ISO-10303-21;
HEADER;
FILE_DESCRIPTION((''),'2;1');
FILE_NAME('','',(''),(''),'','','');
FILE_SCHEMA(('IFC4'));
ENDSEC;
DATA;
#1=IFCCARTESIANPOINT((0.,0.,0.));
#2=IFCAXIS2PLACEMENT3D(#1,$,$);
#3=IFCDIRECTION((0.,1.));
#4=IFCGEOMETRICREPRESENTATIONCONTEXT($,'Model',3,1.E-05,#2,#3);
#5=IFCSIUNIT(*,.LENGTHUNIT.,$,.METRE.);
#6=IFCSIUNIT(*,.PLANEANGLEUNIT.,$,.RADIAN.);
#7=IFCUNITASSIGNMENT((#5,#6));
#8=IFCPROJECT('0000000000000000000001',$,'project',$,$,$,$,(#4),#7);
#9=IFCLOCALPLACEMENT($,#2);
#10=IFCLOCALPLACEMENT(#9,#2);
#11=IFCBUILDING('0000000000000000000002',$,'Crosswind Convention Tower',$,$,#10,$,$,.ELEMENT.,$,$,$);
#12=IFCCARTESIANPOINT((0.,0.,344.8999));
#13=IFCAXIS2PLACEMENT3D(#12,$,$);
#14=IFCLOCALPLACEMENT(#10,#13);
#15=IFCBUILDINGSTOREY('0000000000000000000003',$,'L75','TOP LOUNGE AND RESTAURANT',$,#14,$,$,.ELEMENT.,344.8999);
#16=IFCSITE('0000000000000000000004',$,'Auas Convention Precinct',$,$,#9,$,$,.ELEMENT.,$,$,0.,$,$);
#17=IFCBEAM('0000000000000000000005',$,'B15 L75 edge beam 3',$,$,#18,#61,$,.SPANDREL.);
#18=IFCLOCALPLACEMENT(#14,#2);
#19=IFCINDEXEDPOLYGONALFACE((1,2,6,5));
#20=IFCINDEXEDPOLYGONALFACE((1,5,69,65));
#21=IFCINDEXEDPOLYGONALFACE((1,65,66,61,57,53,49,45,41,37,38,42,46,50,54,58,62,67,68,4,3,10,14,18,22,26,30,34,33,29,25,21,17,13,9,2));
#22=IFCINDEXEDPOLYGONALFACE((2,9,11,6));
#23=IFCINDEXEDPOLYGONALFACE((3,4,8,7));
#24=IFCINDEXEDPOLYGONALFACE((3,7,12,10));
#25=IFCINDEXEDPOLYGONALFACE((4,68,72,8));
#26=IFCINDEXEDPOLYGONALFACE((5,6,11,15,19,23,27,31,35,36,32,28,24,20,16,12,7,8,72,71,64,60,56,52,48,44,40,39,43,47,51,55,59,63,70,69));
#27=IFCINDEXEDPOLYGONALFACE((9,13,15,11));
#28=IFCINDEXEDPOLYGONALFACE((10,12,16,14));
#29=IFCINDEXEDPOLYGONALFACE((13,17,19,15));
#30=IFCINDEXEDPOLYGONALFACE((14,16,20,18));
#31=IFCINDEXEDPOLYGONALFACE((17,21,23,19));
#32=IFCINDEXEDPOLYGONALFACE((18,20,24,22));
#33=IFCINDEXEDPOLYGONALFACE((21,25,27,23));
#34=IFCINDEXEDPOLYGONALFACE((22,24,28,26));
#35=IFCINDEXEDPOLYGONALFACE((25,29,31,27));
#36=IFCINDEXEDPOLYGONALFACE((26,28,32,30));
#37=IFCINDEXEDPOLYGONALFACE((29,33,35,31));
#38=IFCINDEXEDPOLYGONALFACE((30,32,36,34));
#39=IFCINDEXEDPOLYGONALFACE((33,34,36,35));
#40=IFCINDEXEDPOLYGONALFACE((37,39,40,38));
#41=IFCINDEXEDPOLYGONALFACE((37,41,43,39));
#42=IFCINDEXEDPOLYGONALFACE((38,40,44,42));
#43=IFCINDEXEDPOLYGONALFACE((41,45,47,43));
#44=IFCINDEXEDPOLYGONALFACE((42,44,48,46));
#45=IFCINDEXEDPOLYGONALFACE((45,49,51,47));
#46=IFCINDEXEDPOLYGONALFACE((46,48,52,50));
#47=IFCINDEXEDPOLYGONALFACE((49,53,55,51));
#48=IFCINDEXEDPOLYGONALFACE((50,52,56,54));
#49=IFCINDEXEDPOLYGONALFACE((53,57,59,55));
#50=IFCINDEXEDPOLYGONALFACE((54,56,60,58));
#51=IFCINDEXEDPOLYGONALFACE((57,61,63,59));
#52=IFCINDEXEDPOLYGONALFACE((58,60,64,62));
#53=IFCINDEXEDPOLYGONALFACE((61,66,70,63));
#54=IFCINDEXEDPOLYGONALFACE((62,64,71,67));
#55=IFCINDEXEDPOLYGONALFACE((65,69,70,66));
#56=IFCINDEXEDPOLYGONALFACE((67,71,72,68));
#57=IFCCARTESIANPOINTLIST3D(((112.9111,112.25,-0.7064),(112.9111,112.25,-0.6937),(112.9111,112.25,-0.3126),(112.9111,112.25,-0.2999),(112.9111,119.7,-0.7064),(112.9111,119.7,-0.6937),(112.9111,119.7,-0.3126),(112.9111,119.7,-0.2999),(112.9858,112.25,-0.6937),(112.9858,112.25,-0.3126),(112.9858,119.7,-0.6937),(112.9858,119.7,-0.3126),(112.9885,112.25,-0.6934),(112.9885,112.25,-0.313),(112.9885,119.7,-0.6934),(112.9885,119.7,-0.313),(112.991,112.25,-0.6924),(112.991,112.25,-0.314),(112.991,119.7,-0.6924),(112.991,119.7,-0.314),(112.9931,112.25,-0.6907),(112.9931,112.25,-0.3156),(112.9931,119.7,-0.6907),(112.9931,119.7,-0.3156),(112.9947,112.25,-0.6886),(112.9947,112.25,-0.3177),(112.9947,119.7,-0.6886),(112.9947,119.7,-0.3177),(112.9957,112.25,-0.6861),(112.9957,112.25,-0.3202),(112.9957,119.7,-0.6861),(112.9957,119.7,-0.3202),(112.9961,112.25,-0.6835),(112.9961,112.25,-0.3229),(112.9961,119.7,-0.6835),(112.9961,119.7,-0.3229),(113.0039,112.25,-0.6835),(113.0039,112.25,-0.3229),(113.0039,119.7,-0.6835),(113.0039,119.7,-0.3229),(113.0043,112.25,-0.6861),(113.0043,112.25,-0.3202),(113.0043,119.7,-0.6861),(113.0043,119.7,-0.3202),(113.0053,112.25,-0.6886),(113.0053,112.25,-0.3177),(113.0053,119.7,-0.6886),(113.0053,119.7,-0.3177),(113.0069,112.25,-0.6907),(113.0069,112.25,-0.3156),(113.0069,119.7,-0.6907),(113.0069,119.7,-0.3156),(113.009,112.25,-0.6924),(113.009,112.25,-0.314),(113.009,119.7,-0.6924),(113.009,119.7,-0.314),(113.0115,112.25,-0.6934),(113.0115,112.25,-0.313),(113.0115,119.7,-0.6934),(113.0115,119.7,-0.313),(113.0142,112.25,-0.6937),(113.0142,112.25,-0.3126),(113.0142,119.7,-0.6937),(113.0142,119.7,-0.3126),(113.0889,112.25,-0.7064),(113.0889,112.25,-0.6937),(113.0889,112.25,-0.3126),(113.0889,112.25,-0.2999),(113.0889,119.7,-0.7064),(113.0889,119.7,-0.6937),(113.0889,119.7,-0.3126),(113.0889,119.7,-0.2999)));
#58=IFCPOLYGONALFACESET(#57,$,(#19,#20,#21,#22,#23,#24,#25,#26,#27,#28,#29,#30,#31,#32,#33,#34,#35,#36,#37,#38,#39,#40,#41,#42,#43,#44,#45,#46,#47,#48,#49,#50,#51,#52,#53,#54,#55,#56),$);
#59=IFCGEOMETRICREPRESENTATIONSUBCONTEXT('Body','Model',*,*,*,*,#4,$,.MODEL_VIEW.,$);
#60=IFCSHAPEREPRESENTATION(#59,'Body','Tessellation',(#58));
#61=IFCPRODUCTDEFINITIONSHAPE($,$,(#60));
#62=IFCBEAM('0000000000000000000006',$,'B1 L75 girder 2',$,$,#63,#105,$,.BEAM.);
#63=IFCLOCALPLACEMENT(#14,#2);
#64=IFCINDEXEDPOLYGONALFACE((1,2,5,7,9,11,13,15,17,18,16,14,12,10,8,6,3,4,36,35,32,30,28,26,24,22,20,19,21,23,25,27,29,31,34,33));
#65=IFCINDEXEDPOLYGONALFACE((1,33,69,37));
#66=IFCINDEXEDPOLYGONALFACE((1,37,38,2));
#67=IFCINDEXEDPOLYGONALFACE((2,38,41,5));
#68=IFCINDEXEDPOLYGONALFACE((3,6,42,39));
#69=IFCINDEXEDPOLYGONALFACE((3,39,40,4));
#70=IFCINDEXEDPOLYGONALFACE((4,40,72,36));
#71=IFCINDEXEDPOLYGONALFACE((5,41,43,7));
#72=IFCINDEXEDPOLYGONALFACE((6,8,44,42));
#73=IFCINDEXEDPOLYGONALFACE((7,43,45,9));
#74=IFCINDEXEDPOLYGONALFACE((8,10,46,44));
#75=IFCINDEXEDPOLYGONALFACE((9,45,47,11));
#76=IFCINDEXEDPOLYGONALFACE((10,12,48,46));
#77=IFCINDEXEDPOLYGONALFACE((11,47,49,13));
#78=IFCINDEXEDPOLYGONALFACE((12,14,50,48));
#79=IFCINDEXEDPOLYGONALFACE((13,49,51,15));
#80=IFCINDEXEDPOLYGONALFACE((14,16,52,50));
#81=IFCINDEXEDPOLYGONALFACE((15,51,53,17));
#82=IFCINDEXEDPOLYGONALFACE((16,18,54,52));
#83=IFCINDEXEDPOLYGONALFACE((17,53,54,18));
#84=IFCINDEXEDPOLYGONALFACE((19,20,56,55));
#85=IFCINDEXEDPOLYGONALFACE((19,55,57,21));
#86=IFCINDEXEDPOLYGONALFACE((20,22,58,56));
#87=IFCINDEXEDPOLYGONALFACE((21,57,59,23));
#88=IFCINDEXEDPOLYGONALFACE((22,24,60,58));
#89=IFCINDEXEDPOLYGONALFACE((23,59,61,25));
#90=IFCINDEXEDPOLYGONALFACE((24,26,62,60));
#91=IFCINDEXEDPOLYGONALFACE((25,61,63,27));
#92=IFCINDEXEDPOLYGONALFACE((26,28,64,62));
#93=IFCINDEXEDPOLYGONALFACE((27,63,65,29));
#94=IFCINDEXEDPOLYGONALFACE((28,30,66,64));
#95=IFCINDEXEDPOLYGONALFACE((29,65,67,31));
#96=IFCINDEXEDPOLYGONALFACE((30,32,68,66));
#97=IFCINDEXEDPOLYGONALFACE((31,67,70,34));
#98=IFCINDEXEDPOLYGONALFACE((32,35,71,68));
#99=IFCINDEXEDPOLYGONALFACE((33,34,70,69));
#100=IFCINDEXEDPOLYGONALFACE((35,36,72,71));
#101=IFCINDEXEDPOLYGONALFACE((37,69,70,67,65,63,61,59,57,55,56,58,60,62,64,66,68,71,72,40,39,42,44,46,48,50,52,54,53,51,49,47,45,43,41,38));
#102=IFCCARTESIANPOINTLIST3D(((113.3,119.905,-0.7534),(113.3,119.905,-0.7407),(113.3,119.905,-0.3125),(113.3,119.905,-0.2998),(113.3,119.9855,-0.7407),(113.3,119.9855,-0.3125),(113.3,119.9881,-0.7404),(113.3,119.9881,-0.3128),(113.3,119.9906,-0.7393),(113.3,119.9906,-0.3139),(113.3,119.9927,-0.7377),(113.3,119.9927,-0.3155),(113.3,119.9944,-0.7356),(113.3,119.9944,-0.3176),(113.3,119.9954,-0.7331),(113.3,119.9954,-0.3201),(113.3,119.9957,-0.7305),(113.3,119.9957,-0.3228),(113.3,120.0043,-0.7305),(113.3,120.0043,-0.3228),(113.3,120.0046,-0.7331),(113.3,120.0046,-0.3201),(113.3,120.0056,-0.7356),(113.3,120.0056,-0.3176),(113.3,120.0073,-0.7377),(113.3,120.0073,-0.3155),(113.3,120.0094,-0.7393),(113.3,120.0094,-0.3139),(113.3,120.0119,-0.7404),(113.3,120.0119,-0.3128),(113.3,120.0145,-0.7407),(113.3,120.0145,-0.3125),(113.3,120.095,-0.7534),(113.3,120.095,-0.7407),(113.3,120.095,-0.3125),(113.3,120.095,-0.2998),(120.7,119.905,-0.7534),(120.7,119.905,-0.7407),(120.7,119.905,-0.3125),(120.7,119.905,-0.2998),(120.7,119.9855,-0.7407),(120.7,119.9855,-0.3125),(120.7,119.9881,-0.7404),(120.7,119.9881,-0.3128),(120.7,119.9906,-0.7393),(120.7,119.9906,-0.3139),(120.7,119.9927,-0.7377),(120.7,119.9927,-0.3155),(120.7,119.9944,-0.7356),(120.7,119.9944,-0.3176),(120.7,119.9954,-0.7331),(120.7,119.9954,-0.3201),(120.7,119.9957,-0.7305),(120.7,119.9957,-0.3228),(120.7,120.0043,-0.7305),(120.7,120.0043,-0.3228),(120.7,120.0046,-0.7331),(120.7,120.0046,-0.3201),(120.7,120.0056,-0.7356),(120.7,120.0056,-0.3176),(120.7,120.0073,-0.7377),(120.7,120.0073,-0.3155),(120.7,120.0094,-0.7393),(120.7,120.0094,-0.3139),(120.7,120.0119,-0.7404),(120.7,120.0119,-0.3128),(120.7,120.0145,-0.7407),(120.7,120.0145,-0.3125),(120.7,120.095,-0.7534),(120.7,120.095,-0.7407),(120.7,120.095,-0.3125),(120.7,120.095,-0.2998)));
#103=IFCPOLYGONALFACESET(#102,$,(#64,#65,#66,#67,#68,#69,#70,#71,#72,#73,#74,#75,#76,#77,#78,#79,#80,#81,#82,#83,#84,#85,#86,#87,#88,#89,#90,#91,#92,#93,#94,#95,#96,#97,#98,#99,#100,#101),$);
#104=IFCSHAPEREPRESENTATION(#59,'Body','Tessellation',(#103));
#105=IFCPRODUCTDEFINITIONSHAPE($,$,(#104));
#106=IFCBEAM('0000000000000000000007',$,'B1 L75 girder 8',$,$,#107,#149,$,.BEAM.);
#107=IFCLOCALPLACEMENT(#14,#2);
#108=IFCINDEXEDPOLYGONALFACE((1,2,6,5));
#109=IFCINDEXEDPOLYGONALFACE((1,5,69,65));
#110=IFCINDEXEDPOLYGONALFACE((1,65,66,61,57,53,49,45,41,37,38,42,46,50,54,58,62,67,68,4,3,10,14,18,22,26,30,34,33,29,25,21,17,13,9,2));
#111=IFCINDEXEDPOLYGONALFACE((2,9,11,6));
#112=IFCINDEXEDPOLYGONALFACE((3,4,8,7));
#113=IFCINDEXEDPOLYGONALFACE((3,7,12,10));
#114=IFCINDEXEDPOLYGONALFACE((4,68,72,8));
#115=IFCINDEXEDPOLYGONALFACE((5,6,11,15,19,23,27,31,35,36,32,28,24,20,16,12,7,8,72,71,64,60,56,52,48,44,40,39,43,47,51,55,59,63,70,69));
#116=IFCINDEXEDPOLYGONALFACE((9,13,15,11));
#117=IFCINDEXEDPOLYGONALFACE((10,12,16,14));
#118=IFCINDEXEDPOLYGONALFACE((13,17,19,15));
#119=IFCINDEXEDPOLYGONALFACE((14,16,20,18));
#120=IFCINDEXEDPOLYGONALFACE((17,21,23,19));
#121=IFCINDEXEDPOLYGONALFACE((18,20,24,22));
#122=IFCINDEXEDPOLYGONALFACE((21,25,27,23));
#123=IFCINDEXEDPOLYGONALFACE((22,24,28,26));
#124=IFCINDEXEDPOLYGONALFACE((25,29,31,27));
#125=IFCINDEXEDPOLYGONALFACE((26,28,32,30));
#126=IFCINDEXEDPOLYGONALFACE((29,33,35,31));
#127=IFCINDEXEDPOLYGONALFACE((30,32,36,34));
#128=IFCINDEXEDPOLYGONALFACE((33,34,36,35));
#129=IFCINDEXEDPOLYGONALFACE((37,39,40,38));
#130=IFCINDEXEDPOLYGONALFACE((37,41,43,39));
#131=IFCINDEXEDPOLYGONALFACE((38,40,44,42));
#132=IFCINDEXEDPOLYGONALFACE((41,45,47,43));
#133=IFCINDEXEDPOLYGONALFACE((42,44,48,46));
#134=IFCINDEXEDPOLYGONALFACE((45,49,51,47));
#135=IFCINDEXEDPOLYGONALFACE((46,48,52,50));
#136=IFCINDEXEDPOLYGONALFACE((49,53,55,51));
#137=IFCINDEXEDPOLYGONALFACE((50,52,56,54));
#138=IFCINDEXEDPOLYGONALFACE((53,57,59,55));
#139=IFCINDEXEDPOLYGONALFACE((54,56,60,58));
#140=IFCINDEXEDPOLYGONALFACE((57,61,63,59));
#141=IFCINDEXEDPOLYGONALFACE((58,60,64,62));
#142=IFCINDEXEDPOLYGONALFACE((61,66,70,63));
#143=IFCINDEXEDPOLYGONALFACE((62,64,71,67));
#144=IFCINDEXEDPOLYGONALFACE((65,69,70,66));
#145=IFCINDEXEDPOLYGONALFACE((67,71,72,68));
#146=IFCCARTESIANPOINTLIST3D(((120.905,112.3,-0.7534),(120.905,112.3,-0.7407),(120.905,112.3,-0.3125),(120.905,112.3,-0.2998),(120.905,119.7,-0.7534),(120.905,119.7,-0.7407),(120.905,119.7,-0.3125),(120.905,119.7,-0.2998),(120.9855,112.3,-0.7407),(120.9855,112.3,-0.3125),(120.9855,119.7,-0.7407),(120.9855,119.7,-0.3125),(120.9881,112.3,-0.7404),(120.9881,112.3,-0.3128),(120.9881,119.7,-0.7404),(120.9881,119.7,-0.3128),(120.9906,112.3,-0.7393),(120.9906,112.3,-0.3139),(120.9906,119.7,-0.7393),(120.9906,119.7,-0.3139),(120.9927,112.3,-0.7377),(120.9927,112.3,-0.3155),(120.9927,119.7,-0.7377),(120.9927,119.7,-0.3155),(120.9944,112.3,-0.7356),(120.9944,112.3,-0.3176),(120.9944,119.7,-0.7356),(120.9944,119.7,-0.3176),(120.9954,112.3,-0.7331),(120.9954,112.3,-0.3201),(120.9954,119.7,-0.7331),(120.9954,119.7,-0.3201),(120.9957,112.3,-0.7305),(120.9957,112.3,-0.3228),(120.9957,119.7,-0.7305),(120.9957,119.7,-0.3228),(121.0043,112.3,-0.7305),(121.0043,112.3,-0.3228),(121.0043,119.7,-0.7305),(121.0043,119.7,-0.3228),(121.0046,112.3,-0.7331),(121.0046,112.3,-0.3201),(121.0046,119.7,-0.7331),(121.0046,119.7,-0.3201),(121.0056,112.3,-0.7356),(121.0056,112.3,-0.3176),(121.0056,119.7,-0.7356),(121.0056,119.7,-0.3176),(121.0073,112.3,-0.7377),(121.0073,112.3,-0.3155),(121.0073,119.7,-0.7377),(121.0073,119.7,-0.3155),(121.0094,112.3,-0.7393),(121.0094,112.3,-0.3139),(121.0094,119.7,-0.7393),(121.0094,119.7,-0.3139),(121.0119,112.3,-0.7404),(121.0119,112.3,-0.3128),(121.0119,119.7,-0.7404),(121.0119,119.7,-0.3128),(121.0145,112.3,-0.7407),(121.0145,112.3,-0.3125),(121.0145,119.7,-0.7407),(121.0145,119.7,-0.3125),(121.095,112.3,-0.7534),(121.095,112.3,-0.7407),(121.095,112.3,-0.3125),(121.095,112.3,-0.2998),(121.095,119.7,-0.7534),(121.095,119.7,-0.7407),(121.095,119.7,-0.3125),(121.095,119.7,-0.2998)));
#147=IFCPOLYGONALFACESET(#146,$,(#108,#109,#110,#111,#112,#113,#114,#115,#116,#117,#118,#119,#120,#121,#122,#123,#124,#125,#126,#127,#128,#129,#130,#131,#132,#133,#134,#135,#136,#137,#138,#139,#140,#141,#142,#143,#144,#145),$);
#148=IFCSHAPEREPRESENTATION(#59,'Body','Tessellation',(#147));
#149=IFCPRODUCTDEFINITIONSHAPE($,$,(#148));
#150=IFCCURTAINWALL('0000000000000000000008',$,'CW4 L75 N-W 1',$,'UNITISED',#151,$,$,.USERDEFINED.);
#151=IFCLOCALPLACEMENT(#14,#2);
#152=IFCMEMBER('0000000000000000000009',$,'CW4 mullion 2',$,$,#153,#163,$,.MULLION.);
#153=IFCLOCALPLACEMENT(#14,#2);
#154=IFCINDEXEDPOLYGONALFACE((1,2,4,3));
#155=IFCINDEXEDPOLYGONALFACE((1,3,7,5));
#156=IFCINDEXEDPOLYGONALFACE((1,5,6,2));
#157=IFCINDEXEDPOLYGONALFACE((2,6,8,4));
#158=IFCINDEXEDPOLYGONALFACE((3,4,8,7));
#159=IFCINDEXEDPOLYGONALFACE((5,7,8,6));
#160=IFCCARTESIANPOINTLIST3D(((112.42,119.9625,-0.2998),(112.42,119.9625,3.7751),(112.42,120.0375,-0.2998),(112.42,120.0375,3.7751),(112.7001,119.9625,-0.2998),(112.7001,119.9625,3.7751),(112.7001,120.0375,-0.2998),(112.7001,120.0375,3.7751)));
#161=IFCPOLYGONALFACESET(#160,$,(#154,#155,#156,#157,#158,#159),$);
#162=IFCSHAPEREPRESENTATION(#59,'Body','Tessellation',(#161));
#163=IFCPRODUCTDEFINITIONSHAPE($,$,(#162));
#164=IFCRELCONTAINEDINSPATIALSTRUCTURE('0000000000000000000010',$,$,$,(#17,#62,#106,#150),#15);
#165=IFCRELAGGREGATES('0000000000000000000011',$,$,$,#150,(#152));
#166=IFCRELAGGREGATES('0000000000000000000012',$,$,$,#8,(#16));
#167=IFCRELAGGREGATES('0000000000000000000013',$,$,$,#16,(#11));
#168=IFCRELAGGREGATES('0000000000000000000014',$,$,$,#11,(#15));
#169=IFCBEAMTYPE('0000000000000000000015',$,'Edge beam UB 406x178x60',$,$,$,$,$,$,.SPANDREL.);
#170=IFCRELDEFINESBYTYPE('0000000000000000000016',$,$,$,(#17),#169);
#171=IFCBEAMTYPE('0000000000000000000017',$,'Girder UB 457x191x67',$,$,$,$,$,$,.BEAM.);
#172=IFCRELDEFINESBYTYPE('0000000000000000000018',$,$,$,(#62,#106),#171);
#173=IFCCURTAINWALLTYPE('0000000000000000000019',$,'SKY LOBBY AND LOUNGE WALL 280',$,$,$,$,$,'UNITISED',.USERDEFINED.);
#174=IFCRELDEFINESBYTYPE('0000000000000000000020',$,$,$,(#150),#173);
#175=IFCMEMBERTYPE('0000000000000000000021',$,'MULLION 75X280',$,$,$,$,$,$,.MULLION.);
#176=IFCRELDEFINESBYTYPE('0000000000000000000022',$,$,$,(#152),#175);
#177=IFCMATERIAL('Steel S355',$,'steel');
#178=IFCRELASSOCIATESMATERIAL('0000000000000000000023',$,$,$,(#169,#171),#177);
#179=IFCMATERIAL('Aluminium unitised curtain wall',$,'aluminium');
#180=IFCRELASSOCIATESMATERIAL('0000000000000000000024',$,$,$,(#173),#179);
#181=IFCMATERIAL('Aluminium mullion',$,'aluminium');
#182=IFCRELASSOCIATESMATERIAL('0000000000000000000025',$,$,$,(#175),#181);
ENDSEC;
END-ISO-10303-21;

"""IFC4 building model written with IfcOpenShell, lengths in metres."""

from ifc_helpers import new_model, si_unit, direction, frame, origin, origin_2d, place, context, subcontext, project, spatial, rectangle, i_section, extrude, material, material_profile, profile_set, type_object, element, aggregate, save


model = new_model("IFC4")

# Units and contexts
model_context = context("Model", 3, precision=1e-05, world=origin(), true_north=direction((0.0, 1.0)))
body_context = subcontext(model_context, "Body", "Model", "MODEL_VIEW")
ifc_project = project(units=[si_unit("LENGTHUNIT", "METRE"), si_unit("PLANEANGLEUNIT", "RADIAN")], contexts=[model_context])

# Site, building, storey
site_placement = place(None, origin())
site = spatial("IfcSite", under=ifc_project, at=site_placement, Name="Auas Convention Precinct", CompositionType="ELEMENT", RefElevation=0.0)
building_placement = place(site_placement, origin())
building = spatial("IfcBuilding", under=site, at=building_placement, Name="Crosswind Convention Tower", CompositionType="ELEMENT")
storey_placement = place(building_placement, frame((0.0, 0.0, 344.8999)))
storey = spatial("IfcBuildingStorey", under=building, at=storey_placement, Name="L75", Description="TOP LOUNGE AND RESTAURANT", CompositionType="ELEMENT", Elevation=344.8999)

# Beams
ifc_material_1 = material(Name="Steel S355", Category="steel")
ifc_material_profile_1 = material_profile(ifc_material_1, i_section(OverallWidth=0.1777, OverallDepth=0.4065, WebThickness=0.0078, FlangeThickness=0.0127, FilletRadius=0.0103, at=origin_2d()), Name="UB 406x178x60")
ifc_profile_set_1 = profile_set([ifc_material_profile_1], Name="Steel S355")
beam_type_1 = type_object("IfcBeamType", Name="Edge beam UB 406x178x60", PredefinedType="SPANDREL", material=ifc_profile_set_1)
beam_1_placement = place(storey_placement, frame((113.0, 112.25, -0.5032), z_axis=(0.0, 1.0, 0.0), x_axis=(-1.0, 0.0, 0.0)))
element("IfcBeam", 1, at=beam_1_placement, inside=storey, type_object=beam_type_1, Name="B15 L75 edge beam 3", PredefinedType="SPANDREL", context=body_context, shape_type="SweptSolid", body=[
    extrude(i_section(OverallWidth=0.1777, OverallDepth=0.4065, WebThickness=0.0078, FlangeThickness=0.0127, FilletRadius=0.0103, at=origin_2d()), origin(), (0.0, 0.0, 1.0), 7.45),
])
ifc_material_profile_2 = material_profile(ifc_material_1, i_section(OverallWidth=0.1899, OverallDepth=0.4536, WebThickness=0.0085, FlangeThickness=0.0127, FilletRadius=0.0103, at=origin_2d()), Name="UB 457x191x67")
ifc_profile_set_2 = profile_set([ifc_material_profile_2], Name="Steel S355")
beam_type_2 = type_object("IfcBeamType", Name="Girder UB 457x191x67", PredefinedType="BEAM", material=ifc_profile_set_2)
for number, where, z_axis, x_axis, name in (
    (2, (113.3, 120.0, -0.5266), (1.0, 0.0, 0.0), (0.0, 1.0, 0.0), "B1 L75 girder 2"),
    (3, (121.0, 112.3, -0.5266), (0.0, 1.0, 0.0), (-1.0, 0.0, 0.0), "B1 L75 girder 8"),
):
    element("IfcBeam", number, at=place(storey_placement, frame(where, z_axis=z_axis, x_axis=x_axis)), inside=storey, type_object=beam_type_2, Name=name, PredefinedType="BEAM", context=body_context, shape_type="SweptSolid", body=[
        extrude(i_section(OverallWidth=0.1899, OverallDepth=0.4536, WebThickness=0.0085, FlangeThickness=0.0127, FilletRadius=0.0103, at=origin_2d()), origin(), (0.0, 0.0, 1.0), 7.3999),
    ])

# Curtain wall, member
ifc_material_2 = material(Name="Aluminium unitised curtain wall", Category="aluminium")
curtain_wall_type = type_object("IfcCurtainWallType", Name="SKY LOBBY AND LOUNGE WALL 280", ElementType="UNITISED", PredefinedType="USERDEFINED", material=ifc_material_2)
curtain_wall_placement = place(storey_placement, origin())
curtain_wall = element("IfcCurtainWall", 4, at=curtain_wall_placement, inside=storey, type_object=curtain_wall_type, Name="CW4 L75 N-W 1", ObjectType="UNITISED", PredefinedType="USERDEFINED")
ifc_material_3 = material(Name="Aluminium mullion", Category="aluminium")
ifc_material_profile_3 = material_profile(ifc_material_3, rectangle(XDim=0.28, YDim=0.075, at=origin_2d()), Name="AL 280X75")
ifc_profile_set_3 = profile_set([ifc_material_profile_3], Name="Aluminium mullion")
member_type = type_object("IfcMemberType", Name="MULLION 75X280", PredefinedType="MULLION", material=ifc_profile_set_3)
member_placement = place(storey_placement, frame((112.5601, 120.0, -0.2998), z_axis=(0.0, 0.0, 1.0), x_axis=(-1.0, 0.0, 0.0)))
member = element("IfcMember", 5, at=member_placement, type_object=member_type, Name="CW4 mullion 2", PredefinedType="MULLION", context=body_context, shape_type="SweptSolid", body=[
    extrude(rectangle(XDim=0.28, YDim=0.075, at=origin_2d()), origin(), (0.0, 0.0, 1.0), 4.075),
])
aggregate(curtain_wall, [member])

save(model, "model.ifc")
